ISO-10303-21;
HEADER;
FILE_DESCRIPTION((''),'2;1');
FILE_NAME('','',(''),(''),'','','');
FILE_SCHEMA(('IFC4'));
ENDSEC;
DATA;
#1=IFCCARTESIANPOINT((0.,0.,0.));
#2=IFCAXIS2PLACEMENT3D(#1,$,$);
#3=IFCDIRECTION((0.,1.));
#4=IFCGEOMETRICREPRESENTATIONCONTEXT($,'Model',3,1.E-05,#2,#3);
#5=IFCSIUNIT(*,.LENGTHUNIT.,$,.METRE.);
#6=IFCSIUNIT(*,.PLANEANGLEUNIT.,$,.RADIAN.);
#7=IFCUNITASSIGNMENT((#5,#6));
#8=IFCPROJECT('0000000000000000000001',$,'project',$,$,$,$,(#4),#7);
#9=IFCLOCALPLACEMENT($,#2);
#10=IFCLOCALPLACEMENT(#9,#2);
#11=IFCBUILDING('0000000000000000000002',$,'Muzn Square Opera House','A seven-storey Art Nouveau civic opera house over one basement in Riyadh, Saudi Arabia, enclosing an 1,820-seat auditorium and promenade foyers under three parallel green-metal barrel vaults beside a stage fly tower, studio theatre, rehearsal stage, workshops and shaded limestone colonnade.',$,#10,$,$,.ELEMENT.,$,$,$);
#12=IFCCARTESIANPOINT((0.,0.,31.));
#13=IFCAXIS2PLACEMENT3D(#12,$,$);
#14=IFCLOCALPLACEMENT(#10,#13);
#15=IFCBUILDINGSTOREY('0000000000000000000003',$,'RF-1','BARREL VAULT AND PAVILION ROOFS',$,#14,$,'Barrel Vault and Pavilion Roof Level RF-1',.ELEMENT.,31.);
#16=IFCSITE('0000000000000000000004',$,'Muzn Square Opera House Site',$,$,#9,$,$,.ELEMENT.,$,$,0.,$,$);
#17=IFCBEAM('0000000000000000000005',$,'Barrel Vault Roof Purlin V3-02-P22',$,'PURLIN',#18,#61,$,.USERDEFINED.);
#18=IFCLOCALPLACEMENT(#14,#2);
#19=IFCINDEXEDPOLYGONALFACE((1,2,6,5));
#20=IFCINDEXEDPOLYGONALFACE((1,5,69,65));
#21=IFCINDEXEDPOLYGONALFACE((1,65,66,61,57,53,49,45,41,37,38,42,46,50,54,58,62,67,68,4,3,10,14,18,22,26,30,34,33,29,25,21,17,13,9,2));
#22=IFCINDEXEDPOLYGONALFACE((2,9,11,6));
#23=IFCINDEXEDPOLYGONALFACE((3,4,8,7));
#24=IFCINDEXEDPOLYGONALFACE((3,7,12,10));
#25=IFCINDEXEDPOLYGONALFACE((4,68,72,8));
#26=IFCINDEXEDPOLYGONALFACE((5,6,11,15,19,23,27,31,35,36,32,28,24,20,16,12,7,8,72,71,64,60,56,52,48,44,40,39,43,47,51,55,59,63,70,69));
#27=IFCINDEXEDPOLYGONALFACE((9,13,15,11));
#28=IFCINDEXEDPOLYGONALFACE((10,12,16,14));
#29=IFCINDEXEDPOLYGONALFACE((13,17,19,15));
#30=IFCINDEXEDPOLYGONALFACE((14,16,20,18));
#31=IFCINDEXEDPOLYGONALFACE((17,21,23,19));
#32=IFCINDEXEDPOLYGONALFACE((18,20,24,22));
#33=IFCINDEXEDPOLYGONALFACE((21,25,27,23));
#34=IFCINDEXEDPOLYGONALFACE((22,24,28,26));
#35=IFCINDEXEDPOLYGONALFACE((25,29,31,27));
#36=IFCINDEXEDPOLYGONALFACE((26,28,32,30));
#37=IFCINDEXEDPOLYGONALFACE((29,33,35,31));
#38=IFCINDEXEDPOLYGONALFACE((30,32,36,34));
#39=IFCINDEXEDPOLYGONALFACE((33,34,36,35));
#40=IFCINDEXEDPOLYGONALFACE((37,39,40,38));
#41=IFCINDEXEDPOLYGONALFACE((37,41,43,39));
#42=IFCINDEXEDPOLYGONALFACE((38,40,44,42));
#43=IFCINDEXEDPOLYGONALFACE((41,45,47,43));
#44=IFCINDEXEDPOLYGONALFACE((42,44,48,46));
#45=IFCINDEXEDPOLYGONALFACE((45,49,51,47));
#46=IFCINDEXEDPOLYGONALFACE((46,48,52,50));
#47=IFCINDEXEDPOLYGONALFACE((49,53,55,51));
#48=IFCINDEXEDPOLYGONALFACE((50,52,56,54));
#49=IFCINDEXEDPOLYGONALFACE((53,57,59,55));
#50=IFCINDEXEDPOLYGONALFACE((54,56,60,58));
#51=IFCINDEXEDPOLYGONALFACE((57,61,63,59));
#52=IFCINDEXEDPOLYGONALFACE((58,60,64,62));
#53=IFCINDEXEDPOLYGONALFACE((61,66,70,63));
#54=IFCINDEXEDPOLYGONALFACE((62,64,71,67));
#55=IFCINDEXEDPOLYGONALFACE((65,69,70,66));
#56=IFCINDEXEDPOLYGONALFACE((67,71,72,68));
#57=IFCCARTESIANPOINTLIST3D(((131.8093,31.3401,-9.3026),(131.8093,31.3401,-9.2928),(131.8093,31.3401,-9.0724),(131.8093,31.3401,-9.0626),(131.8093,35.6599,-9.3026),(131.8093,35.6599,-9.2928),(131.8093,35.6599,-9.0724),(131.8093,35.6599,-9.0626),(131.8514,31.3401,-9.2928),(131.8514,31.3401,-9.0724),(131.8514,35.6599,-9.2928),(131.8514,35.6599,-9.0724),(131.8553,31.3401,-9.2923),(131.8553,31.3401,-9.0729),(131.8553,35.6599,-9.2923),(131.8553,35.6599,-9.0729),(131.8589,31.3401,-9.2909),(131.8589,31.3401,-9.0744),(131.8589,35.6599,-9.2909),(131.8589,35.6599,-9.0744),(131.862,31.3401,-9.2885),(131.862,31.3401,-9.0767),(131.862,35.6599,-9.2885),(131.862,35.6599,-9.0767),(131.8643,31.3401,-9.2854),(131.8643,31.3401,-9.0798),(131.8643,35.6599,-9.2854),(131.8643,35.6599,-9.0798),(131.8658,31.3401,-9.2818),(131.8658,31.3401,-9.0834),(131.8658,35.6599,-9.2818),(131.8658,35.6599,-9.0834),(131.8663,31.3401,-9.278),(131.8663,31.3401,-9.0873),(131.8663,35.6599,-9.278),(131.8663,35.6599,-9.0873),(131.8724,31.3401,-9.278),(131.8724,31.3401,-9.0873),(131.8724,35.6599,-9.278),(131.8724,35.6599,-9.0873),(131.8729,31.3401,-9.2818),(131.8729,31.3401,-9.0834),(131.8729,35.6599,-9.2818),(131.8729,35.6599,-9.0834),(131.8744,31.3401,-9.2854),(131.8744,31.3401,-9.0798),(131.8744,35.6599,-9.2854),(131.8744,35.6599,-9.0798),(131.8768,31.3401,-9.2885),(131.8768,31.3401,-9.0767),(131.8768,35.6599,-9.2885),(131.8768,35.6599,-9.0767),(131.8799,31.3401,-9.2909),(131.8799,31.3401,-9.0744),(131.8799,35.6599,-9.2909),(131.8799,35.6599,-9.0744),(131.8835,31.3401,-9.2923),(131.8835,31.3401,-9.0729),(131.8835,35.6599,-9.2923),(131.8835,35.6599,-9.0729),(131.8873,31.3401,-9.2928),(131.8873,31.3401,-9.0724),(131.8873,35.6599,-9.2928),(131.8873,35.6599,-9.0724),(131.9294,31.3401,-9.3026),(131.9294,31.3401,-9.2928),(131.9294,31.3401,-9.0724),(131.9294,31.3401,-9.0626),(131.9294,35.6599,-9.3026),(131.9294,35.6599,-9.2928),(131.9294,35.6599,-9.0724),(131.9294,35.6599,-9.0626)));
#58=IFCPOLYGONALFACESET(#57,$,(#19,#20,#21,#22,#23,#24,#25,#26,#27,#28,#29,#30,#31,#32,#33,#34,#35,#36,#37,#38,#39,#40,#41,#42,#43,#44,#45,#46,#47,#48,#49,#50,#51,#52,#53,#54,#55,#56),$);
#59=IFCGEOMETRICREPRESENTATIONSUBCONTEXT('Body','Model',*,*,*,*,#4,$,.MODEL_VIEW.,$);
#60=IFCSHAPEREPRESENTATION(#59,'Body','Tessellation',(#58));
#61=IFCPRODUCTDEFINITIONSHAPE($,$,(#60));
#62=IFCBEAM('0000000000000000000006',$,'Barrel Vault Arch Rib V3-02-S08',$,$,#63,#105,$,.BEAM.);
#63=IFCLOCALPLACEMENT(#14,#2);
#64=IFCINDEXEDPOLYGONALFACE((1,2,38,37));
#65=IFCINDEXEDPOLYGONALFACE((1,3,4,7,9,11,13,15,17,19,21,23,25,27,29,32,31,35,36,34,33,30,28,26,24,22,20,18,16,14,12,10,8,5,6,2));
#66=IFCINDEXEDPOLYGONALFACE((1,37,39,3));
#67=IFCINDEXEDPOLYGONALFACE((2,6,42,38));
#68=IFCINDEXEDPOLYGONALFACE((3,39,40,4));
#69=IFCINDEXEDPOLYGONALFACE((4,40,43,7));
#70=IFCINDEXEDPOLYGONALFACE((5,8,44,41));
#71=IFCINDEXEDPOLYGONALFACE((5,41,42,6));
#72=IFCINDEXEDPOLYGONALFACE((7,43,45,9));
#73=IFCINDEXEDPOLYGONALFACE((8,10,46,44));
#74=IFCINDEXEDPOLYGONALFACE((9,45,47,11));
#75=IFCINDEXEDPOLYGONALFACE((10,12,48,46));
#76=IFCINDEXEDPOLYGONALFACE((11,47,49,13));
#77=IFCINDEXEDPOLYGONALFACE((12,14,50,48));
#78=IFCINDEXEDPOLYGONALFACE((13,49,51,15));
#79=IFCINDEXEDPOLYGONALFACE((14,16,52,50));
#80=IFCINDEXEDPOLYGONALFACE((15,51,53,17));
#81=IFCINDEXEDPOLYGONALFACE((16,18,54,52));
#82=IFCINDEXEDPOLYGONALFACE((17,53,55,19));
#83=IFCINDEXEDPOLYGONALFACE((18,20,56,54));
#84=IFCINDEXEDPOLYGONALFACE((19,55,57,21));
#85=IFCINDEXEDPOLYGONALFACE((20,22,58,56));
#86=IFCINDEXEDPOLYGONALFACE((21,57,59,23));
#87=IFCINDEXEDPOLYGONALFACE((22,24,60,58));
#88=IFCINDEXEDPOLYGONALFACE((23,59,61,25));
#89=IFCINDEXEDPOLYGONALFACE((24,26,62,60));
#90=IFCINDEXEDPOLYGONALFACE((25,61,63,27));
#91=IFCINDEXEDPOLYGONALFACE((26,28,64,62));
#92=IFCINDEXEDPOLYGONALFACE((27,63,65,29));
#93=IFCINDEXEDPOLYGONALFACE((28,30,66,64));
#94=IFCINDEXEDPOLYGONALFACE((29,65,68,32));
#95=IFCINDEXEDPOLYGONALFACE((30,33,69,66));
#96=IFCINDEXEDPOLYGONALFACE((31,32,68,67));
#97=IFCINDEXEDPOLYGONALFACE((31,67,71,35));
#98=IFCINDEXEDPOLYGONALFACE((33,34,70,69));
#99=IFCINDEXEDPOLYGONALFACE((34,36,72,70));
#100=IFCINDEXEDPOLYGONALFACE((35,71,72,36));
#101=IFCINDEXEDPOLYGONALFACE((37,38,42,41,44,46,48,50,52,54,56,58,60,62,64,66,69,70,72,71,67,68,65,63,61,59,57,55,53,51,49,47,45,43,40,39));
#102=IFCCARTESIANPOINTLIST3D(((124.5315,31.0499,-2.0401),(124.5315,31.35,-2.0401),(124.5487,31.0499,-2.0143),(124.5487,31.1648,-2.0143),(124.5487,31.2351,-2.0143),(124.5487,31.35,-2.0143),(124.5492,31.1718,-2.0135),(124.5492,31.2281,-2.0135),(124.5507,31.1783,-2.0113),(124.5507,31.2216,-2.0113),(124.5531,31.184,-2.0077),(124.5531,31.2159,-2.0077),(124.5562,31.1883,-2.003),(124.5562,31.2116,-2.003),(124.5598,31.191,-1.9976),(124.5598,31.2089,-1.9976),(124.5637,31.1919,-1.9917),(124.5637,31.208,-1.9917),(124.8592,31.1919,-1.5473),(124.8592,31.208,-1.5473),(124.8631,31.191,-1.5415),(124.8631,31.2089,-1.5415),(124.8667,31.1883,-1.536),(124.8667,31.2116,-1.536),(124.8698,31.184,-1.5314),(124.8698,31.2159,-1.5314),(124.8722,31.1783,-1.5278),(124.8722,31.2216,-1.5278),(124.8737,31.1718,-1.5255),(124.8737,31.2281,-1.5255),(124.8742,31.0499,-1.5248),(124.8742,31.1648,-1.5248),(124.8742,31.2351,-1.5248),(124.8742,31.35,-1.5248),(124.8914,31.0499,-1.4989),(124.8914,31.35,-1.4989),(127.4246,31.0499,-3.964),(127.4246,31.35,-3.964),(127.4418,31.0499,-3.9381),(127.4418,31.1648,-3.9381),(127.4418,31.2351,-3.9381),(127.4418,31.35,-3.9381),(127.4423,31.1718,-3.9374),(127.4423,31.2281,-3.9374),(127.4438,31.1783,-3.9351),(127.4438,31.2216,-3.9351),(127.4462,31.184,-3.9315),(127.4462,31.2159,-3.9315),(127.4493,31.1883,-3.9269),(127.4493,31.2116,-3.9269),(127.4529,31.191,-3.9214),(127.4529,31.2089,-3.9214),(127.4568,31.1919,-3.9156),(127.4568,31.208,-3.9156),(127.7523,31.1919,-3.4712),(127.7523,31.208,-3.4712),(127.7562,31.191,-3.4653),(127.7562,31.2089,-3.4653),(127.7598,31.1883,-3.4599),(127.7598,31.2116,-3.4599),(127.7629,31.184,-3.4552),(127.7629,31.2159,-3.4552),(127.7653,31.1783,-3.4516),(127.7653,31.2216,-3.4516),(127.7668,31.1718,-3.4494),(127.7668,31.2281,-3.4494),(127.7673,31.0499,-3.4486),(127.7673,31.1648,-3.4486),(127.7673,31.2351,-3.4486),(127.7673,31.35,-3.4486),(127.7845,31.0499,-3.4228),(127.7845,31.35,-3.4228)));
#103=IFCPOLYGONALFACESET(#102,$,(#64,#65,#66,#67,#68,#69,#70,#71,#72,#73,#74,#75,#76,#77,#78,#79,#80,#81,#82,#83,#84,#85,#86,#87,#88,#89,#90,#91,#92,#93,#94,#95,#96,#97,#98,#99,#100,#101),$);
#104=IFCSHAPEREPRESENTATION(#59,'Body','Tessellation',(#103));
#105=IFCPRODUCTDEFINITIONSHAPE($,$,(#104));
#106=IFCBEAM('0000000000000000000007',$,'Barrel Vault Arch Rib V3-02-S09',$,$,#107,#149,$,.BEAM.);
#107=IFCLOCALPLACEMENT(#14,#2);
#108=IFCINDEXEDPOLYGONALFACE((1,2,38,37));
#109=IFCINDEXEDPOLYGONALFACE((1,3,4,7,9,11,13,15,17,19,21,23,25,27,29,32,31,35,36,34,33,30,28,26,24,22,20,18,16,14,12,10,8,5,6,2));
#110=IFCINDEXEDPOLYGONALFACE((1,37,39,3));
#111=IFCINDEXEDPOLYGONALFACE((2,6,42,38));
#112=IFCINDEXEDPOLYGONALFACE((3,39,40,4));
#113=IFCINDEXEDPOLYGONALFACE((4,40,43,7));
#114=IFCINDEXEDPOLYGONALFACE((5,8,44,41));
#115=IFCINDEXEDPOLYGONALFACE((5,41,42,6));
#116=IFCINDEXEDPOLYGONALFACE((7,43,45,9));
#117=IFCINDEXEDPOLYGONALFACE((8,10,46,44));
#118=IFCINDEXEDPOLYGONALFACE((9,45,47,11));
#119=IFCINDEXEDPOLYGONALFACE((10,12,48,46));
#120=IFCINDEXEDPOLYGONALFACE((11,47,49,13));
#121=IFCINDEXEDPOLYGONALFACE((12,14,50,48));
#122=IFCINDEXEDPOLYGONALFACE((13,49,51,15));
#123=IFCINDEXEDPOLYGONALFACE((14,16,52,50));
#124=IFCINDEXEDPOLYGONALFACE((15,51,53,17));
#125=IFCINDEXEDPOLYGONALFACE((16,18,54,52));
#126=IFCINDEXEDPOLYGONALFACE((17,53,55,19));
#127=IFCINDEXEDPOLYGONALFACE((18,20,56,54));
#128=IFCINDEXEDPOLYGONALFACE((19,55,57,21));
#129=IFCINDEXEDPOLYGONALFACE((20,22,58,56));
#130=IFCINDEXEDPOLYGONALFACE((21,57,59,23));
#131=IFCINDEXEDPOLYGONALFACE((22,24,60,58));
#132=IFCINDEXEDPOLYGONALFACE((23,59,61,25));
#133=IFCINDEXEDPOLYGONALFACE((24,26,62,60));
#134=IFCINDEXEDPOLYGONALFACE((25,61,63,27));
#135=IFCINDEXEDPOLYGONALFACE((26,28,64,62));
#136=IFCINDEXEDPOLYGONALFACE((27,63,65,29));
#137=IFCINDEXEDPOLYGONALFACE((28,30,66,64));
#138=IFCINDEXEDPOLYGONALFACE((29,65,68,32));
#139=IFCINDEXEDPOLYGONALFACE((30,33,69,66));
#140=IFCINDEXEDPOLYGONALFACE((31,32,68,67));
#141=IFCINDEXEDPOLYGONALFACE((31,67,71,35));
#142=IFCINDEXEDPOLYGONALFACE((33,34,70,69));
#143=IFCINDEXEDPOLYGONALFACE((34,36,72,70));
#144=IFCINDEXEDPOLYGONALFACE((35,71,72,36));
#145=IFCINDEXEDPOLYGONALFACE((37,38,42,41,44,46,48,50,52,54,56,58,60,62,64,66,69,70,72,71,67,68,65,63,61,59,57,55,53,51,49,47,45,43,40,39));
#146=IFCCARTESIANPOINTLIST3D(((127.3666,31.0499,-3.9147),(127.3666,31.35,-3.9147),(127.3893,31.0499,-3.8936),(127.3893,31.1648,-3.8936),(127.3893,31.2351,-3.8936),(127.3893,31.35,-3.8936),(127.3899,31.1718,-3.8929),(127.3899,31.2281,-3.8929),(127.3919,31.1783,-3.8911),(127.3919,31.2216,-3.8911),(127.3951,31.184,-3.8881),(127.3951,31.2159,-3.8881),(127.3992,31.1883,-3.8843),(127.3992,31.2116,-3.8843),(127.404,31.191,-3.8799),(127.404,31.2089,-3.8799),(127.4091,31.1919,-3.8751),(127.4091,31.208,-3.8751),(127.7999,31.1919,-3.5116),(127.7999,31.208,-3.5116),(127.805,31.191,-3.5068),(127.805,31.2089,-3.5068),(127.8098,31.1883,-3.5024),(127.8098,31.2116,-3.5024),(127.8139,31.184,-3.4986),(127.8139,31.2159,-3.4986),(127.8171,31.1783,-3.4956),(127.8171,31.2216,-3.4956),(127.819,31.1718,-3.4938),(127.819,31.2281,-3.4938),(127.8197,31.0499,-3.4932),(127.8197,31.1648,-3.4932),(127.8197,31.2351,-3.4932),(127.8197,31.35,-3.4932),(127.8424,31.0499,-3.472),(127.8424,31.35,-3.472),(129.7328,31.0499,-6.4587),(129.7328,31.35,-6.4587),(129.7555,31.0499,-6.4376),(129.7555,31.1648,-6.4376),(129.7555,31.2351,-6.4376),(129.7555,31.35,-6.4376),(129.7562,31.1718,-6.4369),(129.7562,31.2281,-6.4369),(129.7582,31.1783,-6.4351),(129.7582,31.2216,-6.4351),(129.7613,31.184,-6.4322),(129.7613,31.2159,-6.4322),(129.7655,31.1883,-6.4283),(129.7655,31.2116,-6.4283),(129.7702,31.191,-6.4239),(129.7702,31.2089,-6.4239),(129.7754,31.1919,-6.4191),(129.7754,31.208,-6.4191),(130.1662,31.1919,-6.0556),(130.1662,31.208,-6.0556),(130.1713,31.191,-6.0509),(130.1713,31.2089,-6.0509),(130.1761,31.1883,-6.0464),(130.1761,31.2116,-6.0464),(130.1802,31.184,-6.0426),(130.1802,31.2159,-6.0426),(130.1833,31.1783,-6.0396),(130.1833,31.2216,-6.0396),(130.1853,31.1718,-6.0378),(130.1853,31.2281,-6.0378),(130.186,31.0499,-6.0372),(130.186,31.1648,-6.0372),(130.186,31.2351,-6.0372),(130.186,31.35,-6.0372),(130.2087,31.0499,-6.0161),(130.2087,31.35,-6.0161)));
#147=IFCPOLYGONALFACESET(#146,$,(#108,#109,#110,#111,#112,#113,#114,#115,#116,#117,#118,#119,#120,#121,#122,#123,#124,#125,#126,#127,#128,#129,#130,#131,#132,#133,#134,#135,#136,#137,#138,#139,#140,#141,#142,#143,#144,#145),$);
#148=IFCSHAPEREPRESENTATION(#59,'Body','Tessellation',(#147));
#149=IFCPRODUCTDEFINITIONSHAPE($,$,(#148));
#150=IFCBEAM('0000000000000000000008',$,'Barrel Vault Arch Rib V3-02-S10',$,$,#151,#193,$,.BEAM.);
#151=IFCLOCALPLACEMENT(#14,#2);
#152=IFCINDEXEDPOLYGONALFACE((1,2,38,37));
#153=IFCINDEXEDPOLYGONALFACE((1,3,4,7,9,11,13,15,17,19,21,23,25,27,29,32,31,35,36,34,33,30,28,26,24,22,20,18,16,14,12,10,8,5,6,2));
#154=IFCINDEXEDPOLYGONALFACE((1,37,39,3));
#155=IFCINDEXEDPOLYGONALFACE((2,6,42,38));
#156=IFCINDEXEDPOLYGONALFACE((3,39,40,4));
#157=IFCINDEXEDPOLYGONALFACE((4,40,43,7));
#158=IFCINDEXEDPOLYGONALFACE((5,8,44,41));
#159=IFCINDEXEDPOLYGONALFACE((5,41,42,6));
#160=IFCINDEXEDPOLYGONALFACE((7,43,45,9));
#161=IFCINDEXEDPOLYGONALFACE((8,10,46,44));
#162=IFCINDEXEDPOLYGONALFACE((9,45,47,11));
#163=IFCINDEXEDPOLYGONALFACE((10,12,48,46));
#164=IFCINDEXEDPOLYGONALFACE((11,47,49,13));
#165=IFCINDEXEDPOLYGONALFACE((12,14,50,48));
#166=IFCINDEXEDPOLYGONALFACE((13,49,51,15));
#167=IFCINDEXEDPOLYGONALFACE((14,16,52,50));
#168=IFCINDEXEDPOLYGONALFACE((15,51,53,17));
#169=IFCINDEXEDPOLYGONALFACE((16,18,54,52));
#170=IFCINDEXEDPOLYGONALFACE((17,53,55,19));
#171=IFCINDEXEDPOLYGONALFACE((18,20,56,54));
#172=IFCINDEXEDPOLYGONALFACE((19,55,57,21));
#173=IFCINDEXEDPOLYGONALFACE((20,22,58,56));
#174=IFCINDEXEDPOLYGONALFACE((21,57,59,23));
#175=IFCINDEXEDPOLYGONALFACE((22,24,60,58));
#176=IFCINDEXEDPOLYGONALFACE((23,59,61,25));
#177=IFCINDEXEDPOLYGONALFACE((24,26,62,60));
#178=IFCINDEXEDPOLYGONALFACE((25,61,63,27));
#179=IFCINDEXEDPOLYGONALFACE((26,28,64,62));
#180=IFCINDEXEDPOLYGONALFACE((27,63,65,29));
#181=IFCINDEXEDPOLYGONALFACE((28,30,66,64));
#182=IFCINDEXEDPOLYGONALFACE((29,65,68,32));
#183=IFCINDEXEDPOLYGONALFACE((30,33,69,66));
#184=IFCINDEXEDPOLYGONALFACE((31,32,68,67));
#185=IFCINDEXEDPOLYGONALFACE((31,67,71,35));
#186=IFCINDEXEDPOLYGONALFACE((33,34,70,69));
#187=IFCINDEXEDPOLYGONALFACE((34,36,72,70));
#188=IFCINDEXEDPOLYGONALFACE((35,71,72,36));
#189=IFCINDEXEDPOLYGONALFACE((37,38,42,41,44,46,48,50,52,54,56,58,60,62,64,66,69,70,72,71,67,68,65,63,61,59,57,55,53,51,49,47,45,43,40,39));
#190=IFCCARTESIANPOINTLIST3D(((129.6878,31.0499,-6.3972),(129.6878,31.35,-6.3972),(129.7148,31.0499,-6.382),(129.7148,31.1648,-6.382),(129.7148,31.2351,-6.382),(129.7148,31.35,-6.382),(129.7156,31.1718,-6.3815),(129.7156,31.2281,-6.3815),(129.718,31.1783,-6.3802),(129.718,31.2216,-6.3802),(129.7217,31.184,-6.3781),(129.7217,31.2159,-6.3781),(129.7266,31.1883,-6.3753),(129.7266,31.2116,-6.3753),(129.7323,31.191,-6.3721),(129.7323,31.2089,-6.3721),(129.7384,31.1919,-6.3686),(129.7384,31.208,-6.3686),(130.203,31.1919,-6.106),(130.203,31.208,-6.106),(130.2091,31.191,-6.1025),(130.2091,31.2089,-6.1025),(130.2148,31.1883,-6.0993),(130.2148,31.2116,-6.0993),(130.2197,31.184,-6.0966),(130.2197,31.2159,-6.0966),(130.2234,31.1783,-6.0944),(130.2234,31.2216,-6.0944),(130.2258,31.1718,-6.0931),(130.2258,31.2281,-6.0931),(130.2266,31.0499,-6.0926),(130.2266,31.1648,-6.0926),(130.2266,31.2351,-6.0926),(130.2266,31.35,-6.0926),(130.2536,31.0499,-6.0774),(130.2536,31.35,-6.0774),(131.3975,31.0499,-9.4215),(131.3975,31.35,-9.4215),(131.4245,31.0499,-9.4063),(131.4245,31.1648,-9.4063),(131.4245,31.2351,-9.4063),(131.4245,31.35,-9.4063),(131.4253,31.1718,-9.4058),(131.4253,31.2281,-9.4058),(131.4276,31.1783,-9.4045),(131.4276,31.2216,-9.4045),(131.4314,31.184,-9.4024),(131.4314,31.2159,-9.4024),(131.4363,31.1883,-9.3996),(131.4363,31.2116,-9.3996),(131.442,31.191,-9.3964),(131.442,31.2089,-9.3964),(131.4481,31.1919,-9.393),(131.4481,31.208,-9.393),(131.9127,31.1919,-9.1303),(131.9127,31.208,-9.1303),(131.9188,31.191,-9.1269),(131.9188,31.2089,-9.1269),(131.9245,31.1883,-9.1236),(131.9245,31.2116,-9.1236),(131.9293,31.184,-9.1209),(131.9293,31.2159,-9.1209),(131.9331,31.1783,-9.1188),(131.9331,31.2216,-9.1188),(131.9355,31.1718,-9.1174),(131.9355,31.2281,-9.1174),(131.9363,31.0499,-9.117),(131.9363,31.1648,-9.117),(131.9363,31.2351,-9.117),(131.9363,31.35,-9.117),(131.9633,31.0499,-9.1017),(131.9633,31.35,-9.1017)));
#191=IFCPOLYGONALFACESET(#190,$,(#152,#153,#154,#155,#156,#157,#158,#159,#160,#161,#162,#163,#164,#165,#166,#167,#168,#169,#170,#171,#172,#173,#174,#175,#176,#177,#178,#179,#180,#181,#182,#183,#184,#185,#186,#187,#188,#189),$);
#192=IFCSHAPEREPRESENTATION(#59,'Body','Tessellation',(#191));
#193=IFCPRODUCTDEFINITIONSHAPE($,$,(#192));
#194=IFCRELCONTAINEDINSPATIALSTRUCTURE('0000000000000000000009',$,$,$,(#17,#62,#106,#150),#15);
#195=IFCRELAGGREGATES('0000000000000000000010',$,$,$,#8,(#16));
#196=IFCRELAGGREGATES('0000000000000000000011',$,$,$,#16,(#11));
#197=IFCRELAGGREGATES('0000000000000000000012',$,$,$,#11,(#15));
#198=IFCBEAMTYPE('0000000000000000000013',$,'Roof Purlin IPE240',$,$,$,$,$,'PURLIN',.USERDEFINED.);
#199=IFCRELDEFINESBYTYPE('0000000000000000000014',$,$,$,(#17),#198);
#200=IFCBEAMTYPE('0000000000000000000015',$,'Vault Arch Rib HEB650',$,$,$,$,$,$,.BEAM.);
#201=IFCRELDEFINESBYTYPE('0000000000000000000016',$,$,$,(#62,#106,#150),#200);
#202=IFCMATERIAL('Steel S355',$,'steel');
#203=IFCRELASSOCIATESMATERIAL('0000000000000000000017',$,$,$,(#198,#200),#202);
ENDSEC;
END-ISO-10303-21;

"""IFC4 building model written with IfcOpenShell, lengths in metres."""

from ifc_helpers import new_model, si_unit, direction, frame, origin, origin_2d, place, context, subcontext, project, spatial, i_section, extrude, material, material_profile, profile_set, type_object, element, save


model = new_model("IFC4")

# Units and contexts
model_context = context("Model", 3, precision=1e-05, world=origin(), true_north=direction((0.0, 1.0)))
body_context = subcontext(model_context, "Body", "Model", "MODEL_VIEW")
ifc_project = project(units=[si_unit("LENGTHUNIT", "METRE"), si_unit("PLANEANGLEUNIT", "RADIAN")], contexts=[model_context])

# Site, building, storey
site_placement = place(None, origin())
site = spatial("IfcSite", under=ifc_project, at=site_placement, Name="Muzn Square Opera House Site", CompositionType="ELEMENT", RefElevation=0.0)
building_placement = place(site_placement, origin())
building = spatial("IfcBuilding", under=site, at=building_placement, Name="Muzn Square Opera House", Description="A seven-storey Art Nouveau civic opera house over one basement in Riyadh, Saudi Arabia, enclosing an 1,820-seat auditorium and promenade foyers under three parallel green-metal barrel vaults beside a stage fly tower, studio theatre, rehearsal stage, workshops and shaded limestone colonnade.", CompositionType="ELEMENT")
storey_placement = place(building_placement, frame((0.0, 0.0, 31.0)))
storey = spatial("IfcBuildingStorey", under=building, at=storey_placement, Name="RF-1", Description="BARREL VAULT AND PAVILION ROOFS", LongName="Barrel Vault and Pavilion Roof Level RF-1", CompositionType="ELEMENT", Elevation=31.0)

# Beams
ifc_material_1 = material(Name="Steel S355", Category="steel")
ifc_material_profile_1 = material_profile(ifc_material_1, i_section(OverallWidth=0.1201, OverallDepth=0.24, WebThickness=0.0061, FlangeThickness=0.0098, FilletRadius=0.0149, at=origin_2d()), Name="IPE 240", Category="steel")
ifc_profile_set_1 = profile_set([ifc_material_profile_1], Name="Steel S355")
beam_type_1 = type_object("IfcBeamType", Name="Roof Purlin IPE240", ElementType="PURLIN", PredefinedType="USERDEFINED", material=ifc_profile_set_1)
for number, where, z_axis, x_axis, name in (
    (1, (131.8694, 31.3401, -9.1826), (0.0, 1.0, 0.0), (-1.0, 0.0, 0.0), "Barrel Vault Roof Purlin V3-02-P22"),
):
    element("IfcBeam", number, at=place(storey_placement, frame(where, z_axis=z_axis, x_axis=x_axis)), inside=storey, type_object=beam_type_1, Name=name, ObjectType="PURLIN", PredefinedType="USERDEFINED", context=body_context, shape_type="SweptSolid", body=[
        extrude(i_section(OverallWidth=0.1201, OverallDepth=0.24, WebThickness=0.0061, FlangeThickness=0.0098, FilletRadius=0.0149, at=origin_2d()), origin(), (0.0, 0.0, 1.0), 4.3198),
    ])
ifc_material_profile_2 = material_profile(ifc_material_1, i_section(OverallWidth=0.3, OverallDepth=0.6499, WebThickness=0.0161, FlangeThickness=0.031, FilletRadius=0.0271, at=origin_2d()), Name="HEB 650", Category="steel")
ifc_profile_set_2 = profile_set([ifc_material_profile_2], Name="Steel S355")
beam_type_2 = type_object("IfcBeamType", Name="Vault Arch Rib HEB650", PredefinedType="BEAM", material=ifc_profile_set_2)
for number, where, z_axis, x_axis, name in (
    (2, (124.7114, 31.2, -1.7695), (0.832698, 0.0, -0.553727), (0.0, 1.0, 0.0), "Barrel Vault Arch Rib V3-02-S08"),
    (3, (127.6045, 31.2, -3.6934), (0.681065, 0.0, -0.732223), (0.0, 1.0, 0.0), "Barrel Vault Arch Rib V3-02-S09"),
):
    element("IfcBeam", number, at=place(storey_placement, frame(where, z_axis=z_axis, x_axis=x_axis)), inside=storey, type_object=beam_type_2, Name=name, PredefinedType="BEAM", context=body_context, shape_type="SweptSolid", body=[
        extrude(i_section(OverallWidth=0.3, OverallDepth=0.6499, WebThickness=0.0161, FlangeThickness=0.031, FilletRadius=0.0271, at=origin_2d()), origin(), (0.0, 0.0, 1.0), 3.4744),
    ])
beam_1_placement = place(storey_placement, frame((129.9707, 31.2, -6.2373), z_axis=(0.492115, 0.0, -0.87053), x_axis=(0.0, 1.0, 0.0)))
element("IfcBeam", 4, at=beam_1_placement, inside=storey, type_object=beam_type_2, Name="Barrel Vault Arch Rib V3-02-S10", PredefinedType="BEAM", context=body_context, shape_type="SweptSolid", body=[
    extrude(i_section(OverallWidth=0.3, OverallDepth=0.6499, WebThickness=0.0161, FlangeThickness=0.031, FilletRadius=0.0271, at=origin_2d()), origin(), (0.0, 0.0, 1.0), 3.4741),
])

save(model, "model.ifc")
